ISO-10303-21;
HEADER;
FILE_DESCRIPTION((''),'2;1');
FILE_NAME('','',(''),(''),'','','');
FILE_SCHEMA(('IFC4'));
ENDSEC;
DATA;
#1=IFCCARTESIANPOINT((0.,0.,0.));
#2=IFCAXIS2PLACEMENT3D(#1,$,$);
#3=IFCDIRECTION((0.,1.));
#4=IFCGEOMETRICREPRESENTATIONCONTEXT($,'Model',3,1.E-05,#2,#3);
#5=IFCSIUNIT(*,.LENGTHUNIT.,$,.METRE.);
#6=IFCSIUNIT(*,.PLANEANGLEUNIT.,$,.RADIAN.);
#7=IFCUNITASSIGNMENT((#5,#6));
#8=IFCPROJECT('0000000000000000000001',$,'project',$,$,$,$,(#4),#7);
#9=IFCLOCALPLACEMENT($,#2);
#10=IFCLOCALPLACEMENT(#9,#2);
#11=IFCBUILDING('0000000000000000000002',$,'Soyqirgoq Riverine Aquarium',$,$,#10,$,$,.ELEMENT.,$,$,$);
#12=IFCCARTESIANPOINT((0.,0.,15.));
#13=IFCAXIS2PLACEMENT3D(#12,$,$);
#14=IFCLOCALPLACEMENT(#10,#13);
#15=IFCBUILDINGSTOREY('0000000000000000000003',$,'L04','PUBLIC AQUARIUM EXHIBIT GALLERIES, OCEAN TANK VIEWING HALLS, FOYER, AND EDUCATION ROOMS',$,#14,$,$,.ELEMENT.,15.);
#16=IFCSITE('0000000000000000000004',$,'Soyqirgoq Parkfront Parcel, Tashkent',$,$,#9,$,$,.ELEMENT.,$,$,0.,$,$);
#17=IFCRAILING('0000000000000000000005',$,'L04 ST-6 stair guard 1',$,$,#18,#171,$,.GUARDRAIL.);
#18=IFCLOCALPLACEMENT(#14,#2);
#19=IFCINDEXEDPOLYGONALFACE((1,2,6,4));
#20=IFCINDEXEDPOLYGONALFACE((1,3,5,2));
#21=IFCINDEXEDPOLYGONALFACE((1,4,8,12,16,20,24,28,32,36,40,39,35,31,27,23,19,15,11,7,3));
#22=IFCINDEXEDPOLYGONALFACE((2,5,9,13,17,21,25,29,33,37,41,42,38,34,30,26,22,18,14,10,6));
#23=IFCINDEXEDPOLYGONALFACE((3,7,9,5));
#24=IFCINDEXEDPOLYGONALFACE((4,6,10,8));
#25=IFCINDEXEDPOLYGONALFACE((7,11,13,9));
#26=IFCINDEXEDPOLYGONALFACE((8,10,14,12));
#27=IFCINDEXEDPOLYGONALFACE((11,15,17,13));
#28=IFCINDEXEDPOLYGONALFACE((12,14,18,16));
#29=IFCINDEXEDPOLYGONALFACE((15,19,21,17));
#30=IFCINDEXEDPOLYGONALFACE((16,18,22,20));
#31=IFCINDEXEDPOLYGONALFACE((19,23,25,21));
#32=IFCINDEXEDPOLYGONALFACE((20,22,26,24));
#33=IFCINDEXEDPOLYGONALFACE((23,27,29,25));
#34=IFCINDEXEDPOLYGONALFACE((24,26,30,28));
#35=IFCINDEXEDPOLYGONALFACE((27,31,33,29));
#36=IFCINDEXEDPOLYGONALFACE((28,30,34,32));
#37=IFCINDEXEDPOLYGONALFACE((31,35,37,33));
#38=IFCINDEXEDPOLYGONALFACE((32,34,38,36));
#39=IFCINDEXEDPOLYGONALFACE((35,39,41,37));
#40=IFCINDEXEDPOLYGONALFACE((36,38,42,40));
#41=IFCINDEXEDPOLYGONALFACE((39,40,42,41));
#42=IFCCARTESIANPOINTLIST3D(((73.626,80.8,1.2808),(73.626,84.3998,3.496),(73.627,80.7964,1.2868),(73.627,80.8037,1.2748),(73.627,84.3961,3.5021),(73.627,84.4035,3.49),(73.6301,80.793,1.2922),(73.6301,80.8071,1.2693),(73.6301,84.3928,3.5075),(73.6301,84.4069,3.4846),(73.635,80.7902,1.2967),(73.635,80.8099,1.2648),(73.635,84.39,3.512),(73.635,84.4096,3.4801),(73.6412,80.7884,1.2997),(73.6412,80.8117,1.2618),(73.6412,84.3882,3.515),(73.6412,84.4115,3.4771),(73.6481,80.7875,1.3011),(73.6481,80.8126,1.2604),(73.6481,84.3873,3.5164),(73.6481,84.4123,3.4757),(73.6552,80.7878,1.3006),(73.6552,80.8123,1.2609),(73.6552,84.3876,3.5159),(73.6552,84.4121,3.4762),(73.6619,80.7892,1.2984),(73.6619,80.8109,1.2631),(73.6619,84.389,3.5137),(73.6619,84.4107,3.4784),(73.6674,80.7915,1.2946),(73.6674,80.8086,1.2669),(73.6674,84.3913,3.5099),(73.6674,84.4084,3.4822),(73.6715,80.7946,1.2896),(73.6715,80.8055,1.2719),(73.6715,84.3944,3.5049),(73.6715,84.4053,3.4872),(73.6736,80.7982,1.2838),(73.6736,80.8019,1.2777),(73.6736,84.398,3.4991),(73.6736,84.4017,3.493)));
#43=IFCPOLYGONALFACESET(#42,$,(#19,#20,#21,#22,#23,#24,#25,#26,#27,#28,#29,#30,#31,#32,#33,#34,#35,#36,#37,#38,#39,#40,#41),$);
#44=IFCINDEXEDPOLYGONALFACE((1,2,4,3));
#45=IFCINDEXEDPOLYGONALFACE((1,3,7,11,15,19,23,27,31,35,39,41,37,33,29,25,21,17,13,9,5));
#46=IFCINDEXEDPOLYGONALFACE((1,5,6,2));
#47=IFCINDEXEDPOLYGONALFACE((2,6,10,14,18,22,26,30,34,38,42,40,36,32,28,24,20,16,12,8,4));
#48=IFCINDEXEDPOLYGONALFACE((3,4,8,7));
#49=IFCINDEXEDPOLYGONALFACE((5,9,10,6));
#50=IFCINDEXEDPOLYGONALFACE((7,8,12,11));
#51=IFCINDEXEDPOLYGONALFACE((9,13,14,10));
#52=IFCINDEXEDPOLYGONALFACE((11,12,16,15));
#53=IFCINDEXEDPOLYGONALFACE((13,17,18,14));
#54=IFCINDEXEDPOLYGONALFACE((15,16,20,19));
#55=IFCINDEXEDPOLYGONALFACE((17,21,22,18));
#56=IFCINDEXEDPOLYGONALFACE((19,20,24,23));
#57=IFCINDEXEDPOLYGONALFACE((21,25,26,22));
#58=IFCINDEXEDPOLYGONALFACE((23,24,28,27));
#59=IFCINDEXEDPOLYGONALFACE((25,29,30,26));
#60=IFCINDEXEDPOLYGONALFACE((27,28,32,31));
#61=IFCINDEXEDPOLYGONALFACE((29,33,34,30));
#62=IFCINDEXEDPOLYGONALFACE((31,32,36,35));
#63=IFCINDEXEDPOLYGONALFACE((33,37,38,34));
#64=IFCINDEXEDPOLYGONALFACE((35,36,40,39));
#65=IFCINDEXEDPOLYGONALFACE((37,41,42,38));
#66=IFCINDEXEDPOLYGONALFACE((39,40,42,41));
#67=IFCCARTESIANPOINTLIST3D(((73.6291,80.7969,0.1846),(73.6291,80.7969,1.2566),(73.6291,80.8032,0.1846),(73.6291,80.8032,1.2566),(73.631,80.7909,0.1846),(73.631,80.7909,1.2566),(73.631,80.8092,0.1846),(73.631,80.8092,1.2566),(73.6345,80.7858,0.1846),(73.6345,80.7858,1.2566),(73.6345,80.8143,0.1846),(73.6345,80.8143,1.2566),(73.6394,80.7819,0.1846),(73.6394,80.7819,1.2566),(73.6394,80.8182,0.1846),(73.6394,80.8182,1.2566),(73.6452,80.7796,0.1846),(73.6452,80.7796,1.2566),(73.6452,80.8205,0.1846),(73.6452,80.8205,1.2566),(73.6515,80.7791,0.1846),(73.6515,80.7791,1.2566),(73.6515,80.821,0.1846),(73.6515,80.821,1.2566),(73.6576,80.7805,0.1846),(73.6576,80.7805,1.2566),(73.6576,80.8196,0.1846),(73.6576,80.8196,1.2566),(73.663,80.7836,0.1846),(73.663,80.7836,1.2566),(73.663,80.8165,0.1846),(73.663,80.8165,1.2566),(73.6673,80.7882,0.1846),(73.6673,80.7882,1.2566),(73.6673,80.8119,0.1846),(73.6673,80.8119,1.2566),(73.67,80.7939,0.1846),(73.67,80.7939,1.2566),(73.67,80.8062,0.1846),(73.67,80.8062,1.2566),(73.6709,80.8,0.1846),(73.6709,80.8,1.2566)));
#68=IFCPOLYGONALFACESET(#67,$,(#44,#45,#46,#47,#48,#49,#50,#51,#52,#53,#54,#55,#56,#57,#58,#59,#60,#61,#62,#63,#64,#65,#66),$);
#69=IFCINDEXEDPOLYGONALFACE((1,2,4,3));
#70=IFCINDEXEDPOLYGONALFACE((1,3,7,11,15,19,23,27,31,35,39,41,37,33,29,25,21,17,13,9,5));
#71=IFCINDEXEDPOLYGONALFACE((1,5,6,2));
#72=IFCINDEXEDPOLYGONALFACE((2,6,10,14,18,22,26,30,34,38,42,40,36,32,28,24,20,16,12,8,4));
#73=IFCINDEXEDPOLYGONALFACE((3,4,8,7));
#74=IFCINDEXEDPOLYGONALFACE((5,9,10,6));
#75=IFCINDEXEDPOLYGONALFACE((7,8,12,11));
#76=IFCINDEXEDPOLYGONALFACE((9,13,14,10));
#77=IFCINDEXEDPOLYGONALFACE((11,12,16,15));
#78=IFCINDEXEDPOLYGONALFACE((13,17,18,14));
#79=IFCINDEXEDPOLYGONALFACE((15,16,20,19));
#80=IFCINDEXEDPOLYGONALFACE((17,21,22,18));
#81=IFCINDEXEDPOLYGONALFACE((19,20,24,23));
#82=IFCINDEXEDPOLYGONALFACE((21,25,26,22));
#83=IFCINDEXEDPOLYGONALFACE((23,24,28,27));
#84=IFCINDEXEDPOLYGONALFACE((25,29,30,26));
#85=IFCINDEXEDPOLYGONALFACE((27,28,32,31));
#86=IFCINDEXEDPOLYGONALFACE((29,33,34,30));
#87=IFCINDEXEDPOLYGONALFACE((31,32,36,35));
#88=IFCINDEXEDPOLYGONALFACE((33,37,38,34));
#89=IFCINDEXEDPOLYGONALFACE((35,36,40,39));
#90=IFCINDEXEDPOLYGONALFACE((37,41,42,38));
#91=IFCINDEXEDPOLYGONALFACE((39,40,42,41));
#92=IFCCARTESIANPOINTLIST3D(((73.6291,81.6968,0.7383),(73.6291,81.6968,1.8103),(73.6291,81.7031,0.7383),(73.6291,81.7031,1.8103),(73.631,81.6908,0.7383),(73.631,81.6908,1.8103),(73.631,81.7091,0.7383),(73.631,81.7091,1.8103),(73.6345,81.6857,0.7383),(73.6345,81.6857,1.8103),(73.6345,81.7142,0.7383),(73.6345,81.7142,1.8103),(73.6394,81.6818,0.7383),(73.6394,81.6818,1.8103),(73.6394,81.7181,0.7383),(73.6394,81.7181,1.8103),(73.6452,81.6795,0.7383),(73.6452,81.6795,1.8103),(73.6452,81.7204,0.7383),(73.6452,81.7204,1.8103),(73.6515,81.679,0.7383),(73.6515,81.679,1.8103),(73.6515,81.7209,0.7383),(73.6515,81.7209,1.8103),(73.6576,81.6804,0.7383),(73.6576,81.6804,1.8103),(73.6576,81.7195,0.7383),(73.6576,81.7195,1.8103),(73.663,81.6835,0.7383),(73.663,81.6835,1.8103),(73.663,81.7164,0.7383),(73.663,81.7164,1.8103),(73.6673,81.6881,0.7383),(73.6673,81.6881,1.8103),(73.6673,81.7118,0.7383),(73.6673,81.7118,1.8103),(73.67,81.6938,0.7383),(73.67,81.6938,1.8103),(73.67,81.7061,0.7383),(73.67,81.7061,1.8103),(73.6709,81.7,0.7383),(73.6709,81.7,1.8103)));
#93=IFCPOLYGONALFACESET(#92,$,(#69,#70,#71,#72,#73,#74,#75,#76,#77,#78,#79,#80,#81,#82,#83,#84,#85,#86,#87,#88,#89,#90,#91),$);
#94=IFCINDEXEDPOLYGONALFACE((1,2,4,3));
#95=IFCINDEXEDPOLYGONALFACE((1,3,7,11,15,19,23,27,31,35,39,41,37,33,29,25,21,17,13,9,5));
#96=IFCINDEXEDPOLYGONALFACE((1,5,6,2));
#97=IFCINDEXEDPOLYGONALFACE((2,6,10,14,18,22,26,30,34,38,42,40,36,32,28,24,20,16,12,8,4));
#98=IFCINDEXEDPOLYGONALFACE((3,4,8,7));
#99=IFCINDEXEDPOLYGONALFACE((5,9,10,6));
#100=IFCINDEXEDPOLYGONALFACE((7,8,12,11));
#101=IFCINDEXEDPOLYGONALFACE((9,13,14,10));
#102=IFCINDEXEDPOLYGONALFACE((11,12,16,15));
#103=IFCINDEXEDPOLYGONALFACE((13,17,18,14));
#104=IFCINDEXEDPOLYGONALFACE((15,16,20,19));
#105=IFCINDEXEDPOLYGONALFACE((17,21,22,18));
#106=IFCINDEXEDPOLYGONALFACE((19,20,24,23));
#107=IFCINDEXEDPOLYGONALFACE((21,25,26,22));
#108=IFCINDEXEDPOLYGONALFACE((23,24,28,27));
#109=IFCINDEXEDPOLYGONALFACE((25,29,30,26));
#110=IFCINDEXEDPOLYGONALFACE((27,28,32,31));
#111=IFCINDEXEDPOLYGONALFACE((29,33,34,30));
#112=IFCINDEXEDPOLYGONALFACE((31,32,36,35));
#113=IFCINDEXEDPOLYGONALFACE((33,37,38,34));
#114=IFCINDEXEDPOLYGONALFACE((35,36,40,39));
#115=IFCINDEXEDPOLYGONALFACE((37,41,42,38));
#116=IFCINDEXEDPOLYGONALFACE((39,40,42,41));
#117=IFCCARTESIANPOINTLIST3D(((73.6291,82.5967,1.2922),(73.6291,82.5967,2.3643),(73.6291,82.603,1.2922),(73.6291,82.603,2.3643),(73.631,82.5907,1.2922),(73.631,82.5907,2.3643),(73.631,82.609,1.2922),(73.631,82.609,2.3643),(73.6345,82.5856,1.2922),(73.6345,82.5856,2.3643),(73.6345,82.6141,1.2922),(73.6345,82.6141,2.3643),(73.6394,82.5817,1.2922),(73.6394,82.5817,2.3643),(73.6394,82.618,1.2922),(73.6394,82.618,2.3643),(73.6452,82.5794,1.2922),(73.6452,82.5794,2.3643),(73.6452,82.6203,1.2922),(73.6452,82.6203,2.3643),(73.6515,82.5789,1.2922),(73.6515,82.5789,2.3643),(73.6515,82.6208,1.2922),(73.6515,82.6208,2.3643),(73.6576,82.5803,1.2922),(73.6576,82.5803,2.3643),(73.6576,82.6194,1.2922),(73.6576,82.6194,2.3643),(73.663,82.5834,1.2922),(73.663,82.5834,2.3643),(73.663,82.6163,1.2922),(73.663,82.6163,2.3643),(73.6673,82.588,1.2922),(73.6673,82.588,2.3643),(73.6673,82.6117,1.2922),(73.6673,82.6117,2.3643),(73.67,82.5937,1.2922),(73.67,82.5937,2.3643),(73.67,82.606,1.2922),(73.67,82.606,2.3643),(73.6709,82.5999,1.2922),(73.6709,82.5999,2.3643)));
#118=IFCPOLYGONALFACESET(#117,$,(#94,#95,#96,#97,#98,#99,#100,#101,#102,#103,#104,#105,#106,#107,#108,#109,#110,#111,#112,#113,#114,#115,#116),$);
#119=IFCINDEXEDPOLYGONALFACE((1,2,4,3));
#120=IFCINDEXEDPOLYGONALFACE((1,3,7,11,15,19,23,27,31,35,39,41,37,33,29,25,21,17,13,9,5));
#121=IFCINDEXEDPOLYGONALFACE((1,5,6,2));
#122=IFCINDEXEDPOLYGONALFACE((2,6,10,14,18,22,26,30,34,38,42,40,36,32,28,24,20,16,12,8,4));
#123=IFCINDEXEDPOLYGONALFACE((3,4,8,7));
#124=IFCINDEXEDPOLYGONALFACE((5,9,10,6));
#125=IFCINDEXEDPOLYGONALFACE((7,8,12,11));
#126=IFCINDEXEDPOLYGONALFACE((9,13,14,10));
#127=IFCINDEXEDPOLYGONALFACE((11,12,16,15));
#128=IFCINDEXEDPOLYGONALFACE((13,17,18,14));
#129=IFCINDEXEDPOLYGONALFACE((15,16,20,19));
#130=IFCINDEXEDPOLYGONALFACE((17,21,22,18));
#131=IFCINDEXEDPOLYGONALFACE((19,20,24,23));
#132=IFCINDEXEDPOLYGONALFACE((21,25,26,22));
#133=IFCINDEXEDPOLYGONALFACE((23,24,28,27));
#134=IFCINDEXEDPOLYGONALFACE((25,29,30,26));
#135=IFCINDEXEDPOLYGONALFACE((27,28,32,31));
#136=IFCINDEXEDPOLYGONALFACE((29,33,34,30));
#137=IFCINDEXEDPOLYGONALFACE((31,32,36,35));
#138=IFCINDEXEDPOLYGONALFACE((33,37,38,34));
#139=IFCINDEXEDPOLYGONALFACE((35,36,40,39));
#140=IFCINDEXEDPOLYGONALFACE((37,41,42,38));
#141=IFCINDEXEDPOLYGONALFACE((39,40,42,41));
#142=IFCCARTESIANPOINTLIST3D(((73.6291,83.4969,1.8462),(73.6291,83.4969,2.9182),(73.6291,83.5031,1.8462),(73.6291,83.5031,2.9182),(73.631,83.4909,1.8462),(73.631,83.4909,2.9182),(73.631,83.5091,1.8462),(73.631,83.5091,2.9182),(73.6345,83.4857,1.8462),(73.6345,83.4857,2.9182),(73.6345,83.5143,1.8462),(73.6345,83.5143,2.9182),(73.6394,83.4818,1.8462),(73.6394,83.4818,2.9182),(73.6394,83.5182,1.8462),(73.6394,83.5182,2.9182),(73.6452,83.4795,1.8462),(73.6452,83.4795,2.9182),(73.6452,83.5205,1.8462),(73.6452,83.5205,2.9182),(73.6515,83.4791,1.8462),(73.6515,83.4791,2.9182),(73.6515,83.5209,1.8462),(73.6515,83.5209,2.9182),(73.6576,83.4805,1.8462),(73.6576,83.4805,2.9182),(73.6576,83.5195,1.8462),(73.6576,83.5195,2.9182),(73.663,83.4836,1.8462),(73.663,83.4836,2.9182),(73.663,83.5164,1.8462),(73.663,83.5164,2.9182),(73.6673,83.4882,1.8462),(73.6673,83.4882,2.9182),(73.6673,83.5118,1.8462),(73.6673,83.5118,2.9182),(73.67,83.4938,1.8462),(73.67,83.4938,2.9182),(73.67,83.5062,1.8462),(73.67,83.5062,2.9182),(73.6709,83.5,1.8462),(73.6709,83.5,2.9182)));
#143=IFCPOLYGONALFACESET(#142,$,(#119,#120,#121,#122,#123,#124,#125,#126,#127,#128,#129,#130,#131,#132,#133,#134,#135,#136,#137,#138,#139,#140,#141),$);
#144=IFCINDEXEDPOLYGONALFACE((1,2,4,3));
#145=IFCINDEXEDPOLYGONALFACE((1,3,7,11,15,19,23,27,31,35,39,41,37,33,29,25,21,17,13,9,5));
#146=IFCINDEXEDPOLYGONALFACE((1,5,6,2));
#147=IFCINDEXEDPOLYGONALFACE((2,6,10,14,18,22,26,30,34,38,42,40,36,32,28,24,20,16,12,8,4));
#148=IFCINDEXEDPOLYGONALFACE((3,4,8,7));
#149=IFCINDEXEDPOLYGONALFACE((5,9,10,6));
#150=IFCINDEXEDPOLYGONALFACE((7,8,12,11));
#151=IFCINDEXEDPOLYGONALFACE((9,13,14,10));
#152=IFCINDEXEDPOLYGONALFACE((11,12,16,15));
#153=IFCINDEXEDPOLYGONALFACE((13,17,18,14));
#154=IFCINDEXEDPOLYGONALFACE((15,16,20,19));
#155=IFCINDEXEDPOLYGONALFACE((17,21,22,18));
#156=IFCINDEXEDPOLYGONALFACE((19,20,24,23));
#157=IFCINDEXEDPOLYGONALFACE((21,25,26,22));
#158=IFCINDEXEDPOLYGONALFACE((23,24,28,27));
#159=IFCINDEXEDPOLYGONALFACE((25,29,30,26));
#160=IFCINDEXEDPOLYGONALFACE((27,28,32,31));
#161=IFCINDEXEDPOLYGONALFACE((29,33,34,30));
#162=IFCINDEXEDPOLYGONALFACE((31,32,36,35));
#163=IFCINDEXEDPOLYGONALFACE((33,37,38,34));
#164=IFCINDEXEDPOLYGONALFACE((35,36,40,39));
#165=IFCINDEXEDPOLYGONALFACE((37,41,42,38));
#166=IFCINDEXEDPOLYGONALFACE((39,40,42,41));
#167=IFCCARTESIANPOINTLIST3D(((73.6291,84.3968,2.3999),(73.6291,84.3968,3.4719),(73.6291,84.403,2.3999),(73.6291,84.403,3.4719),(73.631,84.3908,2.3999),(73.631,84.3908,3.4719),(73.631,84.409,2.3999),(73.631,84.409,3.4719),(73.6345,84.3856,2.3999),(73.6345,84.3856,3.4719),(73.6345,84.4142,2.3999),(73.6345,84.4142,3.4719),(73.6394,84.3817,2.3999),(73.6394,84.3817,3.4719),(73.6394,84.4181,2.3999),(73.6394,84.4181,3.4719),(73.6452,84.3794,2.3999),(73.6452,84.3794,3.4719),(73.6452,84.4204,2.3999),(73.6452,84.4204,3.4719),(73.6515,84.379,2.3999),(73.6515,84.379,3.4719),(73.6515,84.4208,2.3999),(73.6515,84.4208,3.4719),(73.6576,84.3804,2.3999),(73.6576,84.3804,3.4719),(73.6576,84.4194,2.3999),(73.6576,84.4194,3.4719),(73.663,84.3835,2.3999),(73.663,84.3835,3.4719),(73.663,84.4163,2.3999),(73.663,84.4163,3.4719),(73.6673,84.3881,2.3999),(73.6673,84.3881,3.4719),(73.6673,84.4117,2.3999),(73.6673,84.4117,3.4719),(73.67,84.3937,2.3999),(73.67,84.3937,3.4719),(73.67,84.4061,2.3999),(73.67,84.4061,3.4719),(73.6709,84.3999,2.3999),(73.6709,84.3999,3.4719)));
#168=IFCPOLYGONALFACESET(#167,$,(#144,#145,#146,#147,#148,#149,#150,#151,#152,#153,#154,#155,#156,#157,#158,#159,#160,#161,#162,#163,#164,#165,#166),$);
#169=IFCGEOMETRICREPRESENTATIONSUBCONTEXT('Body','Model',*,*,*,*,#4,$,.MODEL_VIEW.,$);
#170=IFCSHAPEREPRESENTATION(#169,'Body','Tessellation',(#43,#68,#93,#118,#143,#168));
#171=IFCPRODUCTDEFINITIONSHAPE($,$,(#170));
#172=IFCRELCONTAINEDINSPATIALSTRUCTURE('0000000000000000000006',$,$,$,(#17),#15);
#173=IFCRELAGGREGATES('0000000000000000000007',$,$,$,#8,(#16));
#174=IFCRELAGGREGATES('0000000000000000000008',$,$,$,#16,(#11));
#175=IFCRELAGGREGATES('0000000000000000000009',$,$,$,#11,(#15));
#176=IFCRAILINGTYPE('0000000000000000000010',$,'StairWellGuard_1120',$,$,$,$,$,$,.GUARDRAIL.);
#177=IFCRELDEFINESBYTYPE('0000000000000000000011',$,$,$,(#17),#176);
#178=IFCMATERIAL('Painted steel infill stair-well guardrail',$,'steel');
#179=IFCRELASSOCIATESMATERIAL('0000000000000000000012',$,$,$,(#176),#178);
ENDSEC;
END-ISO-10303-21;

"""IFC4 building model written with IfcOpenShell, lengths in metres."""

from ifc_helpers import new_model, si_unit, direction, frame, origin, origin_2d, place, context, subcontext, project, spatial, circle, extrude, material, type_object, element, save


model = new_model("IFC4")

# Units and contexts
model_context = context("Model", 3, precision=1e-05, world=origin(), true_north=direction((0.0, 1.0)))
body_context = subcontext(model_context, "Body", "Model", "MODEL_VIEW")
ifc_project = project(units=[si_unit("LENGTHUNIT", "METRE"), si_unit("PLANEANGLEUNIT", "RADIAN")], contexts=[model_context])

# Site, building, storey
site_placement = place(None, origin())
site = spatial("IfcSite", under=ifc_project, at=site_placement, Name="Soyqirgoq Parkfront Parcel, Tashkent", CompositionType="ELEMENT", RefElevation=0.0)
building_placement = place(site_placement, origin())
building = spatial("IfcBuilding", under=site, at=building_placement, Name="Soyqirgoq Riverine Aquarium", CompositionType="ELEMENT")
storey_placement = place(building_placement, frame((0.0, 0.0, 15.0)))
storey = spatial("IfcBuildingStorey", under=building, at=storey_placement, Name="L04", Description="PUBLIC AQUARIUM EXHIBIT GALLERIES, OCEAN TANK VIEWING HALLS, FOYER, AND EDUCATION ROOMS", CompositionType="ELEMENT", Elevation=15.0)

# Railing
ifc_material_1 = material(Name="Painted steel infill stair-well guardrail", Category="steel")
railing_type_1 = type_object("IfcRailingType", Name="StairWellGuard_1120", PredefinedType="GUARDRAIL", material=ifc_material_1)
railing_1_placement = place(storey_placement, frame((73.6499, 80.8, 0.1846)))
element("IfcRailing", 1, at=railing_1_placement, inside=storey, type_object=railing_type_1, Name="L04 ST-6 stair guard 1", PredefinedType="GUARDRAIL", context=body_context, shape_type="SweptSolid", body=[
    extrude(circle(Radius=0.0239, at=origin_2d()), frame((0.0, 0.0, 1.0962), z_axis=(0.0, 0.851654, 0.524104), x_axis=(-1.0, 0.0, 0.0)), (0.0, 0.0, 1.0), 4.2268),
    extrude(circle(Radius=0.021, at=origin_2d()), origin(), (0.0, 0.0, 1.0), 1.072),
    extrude(circle(Radius=0.021, at=origin_2d()), frame((0.0, 0.8999, 0.5537)), (0.0, 0.0, 1.0), 1.072),
    extrude(circle(Radius=0.021, at=origin_2d()), frame((0.0, 1.7998, 1.1077)), (0.0, 0.0, 1.0), 1.072),
    extrude(circle(Radius=0.021, at=origin_2d()), frame((0.0, 2.7, 1.6616)), (0.0, 0.0, 1.0), 1.072),
    extrude(circle(Radius=0.021, at=origin_2d()), frame((0.0, 3.5999, 2.2153)), (0.0, 0.0, 1.0), 1.072),
])

save(model, "model.ifc")
